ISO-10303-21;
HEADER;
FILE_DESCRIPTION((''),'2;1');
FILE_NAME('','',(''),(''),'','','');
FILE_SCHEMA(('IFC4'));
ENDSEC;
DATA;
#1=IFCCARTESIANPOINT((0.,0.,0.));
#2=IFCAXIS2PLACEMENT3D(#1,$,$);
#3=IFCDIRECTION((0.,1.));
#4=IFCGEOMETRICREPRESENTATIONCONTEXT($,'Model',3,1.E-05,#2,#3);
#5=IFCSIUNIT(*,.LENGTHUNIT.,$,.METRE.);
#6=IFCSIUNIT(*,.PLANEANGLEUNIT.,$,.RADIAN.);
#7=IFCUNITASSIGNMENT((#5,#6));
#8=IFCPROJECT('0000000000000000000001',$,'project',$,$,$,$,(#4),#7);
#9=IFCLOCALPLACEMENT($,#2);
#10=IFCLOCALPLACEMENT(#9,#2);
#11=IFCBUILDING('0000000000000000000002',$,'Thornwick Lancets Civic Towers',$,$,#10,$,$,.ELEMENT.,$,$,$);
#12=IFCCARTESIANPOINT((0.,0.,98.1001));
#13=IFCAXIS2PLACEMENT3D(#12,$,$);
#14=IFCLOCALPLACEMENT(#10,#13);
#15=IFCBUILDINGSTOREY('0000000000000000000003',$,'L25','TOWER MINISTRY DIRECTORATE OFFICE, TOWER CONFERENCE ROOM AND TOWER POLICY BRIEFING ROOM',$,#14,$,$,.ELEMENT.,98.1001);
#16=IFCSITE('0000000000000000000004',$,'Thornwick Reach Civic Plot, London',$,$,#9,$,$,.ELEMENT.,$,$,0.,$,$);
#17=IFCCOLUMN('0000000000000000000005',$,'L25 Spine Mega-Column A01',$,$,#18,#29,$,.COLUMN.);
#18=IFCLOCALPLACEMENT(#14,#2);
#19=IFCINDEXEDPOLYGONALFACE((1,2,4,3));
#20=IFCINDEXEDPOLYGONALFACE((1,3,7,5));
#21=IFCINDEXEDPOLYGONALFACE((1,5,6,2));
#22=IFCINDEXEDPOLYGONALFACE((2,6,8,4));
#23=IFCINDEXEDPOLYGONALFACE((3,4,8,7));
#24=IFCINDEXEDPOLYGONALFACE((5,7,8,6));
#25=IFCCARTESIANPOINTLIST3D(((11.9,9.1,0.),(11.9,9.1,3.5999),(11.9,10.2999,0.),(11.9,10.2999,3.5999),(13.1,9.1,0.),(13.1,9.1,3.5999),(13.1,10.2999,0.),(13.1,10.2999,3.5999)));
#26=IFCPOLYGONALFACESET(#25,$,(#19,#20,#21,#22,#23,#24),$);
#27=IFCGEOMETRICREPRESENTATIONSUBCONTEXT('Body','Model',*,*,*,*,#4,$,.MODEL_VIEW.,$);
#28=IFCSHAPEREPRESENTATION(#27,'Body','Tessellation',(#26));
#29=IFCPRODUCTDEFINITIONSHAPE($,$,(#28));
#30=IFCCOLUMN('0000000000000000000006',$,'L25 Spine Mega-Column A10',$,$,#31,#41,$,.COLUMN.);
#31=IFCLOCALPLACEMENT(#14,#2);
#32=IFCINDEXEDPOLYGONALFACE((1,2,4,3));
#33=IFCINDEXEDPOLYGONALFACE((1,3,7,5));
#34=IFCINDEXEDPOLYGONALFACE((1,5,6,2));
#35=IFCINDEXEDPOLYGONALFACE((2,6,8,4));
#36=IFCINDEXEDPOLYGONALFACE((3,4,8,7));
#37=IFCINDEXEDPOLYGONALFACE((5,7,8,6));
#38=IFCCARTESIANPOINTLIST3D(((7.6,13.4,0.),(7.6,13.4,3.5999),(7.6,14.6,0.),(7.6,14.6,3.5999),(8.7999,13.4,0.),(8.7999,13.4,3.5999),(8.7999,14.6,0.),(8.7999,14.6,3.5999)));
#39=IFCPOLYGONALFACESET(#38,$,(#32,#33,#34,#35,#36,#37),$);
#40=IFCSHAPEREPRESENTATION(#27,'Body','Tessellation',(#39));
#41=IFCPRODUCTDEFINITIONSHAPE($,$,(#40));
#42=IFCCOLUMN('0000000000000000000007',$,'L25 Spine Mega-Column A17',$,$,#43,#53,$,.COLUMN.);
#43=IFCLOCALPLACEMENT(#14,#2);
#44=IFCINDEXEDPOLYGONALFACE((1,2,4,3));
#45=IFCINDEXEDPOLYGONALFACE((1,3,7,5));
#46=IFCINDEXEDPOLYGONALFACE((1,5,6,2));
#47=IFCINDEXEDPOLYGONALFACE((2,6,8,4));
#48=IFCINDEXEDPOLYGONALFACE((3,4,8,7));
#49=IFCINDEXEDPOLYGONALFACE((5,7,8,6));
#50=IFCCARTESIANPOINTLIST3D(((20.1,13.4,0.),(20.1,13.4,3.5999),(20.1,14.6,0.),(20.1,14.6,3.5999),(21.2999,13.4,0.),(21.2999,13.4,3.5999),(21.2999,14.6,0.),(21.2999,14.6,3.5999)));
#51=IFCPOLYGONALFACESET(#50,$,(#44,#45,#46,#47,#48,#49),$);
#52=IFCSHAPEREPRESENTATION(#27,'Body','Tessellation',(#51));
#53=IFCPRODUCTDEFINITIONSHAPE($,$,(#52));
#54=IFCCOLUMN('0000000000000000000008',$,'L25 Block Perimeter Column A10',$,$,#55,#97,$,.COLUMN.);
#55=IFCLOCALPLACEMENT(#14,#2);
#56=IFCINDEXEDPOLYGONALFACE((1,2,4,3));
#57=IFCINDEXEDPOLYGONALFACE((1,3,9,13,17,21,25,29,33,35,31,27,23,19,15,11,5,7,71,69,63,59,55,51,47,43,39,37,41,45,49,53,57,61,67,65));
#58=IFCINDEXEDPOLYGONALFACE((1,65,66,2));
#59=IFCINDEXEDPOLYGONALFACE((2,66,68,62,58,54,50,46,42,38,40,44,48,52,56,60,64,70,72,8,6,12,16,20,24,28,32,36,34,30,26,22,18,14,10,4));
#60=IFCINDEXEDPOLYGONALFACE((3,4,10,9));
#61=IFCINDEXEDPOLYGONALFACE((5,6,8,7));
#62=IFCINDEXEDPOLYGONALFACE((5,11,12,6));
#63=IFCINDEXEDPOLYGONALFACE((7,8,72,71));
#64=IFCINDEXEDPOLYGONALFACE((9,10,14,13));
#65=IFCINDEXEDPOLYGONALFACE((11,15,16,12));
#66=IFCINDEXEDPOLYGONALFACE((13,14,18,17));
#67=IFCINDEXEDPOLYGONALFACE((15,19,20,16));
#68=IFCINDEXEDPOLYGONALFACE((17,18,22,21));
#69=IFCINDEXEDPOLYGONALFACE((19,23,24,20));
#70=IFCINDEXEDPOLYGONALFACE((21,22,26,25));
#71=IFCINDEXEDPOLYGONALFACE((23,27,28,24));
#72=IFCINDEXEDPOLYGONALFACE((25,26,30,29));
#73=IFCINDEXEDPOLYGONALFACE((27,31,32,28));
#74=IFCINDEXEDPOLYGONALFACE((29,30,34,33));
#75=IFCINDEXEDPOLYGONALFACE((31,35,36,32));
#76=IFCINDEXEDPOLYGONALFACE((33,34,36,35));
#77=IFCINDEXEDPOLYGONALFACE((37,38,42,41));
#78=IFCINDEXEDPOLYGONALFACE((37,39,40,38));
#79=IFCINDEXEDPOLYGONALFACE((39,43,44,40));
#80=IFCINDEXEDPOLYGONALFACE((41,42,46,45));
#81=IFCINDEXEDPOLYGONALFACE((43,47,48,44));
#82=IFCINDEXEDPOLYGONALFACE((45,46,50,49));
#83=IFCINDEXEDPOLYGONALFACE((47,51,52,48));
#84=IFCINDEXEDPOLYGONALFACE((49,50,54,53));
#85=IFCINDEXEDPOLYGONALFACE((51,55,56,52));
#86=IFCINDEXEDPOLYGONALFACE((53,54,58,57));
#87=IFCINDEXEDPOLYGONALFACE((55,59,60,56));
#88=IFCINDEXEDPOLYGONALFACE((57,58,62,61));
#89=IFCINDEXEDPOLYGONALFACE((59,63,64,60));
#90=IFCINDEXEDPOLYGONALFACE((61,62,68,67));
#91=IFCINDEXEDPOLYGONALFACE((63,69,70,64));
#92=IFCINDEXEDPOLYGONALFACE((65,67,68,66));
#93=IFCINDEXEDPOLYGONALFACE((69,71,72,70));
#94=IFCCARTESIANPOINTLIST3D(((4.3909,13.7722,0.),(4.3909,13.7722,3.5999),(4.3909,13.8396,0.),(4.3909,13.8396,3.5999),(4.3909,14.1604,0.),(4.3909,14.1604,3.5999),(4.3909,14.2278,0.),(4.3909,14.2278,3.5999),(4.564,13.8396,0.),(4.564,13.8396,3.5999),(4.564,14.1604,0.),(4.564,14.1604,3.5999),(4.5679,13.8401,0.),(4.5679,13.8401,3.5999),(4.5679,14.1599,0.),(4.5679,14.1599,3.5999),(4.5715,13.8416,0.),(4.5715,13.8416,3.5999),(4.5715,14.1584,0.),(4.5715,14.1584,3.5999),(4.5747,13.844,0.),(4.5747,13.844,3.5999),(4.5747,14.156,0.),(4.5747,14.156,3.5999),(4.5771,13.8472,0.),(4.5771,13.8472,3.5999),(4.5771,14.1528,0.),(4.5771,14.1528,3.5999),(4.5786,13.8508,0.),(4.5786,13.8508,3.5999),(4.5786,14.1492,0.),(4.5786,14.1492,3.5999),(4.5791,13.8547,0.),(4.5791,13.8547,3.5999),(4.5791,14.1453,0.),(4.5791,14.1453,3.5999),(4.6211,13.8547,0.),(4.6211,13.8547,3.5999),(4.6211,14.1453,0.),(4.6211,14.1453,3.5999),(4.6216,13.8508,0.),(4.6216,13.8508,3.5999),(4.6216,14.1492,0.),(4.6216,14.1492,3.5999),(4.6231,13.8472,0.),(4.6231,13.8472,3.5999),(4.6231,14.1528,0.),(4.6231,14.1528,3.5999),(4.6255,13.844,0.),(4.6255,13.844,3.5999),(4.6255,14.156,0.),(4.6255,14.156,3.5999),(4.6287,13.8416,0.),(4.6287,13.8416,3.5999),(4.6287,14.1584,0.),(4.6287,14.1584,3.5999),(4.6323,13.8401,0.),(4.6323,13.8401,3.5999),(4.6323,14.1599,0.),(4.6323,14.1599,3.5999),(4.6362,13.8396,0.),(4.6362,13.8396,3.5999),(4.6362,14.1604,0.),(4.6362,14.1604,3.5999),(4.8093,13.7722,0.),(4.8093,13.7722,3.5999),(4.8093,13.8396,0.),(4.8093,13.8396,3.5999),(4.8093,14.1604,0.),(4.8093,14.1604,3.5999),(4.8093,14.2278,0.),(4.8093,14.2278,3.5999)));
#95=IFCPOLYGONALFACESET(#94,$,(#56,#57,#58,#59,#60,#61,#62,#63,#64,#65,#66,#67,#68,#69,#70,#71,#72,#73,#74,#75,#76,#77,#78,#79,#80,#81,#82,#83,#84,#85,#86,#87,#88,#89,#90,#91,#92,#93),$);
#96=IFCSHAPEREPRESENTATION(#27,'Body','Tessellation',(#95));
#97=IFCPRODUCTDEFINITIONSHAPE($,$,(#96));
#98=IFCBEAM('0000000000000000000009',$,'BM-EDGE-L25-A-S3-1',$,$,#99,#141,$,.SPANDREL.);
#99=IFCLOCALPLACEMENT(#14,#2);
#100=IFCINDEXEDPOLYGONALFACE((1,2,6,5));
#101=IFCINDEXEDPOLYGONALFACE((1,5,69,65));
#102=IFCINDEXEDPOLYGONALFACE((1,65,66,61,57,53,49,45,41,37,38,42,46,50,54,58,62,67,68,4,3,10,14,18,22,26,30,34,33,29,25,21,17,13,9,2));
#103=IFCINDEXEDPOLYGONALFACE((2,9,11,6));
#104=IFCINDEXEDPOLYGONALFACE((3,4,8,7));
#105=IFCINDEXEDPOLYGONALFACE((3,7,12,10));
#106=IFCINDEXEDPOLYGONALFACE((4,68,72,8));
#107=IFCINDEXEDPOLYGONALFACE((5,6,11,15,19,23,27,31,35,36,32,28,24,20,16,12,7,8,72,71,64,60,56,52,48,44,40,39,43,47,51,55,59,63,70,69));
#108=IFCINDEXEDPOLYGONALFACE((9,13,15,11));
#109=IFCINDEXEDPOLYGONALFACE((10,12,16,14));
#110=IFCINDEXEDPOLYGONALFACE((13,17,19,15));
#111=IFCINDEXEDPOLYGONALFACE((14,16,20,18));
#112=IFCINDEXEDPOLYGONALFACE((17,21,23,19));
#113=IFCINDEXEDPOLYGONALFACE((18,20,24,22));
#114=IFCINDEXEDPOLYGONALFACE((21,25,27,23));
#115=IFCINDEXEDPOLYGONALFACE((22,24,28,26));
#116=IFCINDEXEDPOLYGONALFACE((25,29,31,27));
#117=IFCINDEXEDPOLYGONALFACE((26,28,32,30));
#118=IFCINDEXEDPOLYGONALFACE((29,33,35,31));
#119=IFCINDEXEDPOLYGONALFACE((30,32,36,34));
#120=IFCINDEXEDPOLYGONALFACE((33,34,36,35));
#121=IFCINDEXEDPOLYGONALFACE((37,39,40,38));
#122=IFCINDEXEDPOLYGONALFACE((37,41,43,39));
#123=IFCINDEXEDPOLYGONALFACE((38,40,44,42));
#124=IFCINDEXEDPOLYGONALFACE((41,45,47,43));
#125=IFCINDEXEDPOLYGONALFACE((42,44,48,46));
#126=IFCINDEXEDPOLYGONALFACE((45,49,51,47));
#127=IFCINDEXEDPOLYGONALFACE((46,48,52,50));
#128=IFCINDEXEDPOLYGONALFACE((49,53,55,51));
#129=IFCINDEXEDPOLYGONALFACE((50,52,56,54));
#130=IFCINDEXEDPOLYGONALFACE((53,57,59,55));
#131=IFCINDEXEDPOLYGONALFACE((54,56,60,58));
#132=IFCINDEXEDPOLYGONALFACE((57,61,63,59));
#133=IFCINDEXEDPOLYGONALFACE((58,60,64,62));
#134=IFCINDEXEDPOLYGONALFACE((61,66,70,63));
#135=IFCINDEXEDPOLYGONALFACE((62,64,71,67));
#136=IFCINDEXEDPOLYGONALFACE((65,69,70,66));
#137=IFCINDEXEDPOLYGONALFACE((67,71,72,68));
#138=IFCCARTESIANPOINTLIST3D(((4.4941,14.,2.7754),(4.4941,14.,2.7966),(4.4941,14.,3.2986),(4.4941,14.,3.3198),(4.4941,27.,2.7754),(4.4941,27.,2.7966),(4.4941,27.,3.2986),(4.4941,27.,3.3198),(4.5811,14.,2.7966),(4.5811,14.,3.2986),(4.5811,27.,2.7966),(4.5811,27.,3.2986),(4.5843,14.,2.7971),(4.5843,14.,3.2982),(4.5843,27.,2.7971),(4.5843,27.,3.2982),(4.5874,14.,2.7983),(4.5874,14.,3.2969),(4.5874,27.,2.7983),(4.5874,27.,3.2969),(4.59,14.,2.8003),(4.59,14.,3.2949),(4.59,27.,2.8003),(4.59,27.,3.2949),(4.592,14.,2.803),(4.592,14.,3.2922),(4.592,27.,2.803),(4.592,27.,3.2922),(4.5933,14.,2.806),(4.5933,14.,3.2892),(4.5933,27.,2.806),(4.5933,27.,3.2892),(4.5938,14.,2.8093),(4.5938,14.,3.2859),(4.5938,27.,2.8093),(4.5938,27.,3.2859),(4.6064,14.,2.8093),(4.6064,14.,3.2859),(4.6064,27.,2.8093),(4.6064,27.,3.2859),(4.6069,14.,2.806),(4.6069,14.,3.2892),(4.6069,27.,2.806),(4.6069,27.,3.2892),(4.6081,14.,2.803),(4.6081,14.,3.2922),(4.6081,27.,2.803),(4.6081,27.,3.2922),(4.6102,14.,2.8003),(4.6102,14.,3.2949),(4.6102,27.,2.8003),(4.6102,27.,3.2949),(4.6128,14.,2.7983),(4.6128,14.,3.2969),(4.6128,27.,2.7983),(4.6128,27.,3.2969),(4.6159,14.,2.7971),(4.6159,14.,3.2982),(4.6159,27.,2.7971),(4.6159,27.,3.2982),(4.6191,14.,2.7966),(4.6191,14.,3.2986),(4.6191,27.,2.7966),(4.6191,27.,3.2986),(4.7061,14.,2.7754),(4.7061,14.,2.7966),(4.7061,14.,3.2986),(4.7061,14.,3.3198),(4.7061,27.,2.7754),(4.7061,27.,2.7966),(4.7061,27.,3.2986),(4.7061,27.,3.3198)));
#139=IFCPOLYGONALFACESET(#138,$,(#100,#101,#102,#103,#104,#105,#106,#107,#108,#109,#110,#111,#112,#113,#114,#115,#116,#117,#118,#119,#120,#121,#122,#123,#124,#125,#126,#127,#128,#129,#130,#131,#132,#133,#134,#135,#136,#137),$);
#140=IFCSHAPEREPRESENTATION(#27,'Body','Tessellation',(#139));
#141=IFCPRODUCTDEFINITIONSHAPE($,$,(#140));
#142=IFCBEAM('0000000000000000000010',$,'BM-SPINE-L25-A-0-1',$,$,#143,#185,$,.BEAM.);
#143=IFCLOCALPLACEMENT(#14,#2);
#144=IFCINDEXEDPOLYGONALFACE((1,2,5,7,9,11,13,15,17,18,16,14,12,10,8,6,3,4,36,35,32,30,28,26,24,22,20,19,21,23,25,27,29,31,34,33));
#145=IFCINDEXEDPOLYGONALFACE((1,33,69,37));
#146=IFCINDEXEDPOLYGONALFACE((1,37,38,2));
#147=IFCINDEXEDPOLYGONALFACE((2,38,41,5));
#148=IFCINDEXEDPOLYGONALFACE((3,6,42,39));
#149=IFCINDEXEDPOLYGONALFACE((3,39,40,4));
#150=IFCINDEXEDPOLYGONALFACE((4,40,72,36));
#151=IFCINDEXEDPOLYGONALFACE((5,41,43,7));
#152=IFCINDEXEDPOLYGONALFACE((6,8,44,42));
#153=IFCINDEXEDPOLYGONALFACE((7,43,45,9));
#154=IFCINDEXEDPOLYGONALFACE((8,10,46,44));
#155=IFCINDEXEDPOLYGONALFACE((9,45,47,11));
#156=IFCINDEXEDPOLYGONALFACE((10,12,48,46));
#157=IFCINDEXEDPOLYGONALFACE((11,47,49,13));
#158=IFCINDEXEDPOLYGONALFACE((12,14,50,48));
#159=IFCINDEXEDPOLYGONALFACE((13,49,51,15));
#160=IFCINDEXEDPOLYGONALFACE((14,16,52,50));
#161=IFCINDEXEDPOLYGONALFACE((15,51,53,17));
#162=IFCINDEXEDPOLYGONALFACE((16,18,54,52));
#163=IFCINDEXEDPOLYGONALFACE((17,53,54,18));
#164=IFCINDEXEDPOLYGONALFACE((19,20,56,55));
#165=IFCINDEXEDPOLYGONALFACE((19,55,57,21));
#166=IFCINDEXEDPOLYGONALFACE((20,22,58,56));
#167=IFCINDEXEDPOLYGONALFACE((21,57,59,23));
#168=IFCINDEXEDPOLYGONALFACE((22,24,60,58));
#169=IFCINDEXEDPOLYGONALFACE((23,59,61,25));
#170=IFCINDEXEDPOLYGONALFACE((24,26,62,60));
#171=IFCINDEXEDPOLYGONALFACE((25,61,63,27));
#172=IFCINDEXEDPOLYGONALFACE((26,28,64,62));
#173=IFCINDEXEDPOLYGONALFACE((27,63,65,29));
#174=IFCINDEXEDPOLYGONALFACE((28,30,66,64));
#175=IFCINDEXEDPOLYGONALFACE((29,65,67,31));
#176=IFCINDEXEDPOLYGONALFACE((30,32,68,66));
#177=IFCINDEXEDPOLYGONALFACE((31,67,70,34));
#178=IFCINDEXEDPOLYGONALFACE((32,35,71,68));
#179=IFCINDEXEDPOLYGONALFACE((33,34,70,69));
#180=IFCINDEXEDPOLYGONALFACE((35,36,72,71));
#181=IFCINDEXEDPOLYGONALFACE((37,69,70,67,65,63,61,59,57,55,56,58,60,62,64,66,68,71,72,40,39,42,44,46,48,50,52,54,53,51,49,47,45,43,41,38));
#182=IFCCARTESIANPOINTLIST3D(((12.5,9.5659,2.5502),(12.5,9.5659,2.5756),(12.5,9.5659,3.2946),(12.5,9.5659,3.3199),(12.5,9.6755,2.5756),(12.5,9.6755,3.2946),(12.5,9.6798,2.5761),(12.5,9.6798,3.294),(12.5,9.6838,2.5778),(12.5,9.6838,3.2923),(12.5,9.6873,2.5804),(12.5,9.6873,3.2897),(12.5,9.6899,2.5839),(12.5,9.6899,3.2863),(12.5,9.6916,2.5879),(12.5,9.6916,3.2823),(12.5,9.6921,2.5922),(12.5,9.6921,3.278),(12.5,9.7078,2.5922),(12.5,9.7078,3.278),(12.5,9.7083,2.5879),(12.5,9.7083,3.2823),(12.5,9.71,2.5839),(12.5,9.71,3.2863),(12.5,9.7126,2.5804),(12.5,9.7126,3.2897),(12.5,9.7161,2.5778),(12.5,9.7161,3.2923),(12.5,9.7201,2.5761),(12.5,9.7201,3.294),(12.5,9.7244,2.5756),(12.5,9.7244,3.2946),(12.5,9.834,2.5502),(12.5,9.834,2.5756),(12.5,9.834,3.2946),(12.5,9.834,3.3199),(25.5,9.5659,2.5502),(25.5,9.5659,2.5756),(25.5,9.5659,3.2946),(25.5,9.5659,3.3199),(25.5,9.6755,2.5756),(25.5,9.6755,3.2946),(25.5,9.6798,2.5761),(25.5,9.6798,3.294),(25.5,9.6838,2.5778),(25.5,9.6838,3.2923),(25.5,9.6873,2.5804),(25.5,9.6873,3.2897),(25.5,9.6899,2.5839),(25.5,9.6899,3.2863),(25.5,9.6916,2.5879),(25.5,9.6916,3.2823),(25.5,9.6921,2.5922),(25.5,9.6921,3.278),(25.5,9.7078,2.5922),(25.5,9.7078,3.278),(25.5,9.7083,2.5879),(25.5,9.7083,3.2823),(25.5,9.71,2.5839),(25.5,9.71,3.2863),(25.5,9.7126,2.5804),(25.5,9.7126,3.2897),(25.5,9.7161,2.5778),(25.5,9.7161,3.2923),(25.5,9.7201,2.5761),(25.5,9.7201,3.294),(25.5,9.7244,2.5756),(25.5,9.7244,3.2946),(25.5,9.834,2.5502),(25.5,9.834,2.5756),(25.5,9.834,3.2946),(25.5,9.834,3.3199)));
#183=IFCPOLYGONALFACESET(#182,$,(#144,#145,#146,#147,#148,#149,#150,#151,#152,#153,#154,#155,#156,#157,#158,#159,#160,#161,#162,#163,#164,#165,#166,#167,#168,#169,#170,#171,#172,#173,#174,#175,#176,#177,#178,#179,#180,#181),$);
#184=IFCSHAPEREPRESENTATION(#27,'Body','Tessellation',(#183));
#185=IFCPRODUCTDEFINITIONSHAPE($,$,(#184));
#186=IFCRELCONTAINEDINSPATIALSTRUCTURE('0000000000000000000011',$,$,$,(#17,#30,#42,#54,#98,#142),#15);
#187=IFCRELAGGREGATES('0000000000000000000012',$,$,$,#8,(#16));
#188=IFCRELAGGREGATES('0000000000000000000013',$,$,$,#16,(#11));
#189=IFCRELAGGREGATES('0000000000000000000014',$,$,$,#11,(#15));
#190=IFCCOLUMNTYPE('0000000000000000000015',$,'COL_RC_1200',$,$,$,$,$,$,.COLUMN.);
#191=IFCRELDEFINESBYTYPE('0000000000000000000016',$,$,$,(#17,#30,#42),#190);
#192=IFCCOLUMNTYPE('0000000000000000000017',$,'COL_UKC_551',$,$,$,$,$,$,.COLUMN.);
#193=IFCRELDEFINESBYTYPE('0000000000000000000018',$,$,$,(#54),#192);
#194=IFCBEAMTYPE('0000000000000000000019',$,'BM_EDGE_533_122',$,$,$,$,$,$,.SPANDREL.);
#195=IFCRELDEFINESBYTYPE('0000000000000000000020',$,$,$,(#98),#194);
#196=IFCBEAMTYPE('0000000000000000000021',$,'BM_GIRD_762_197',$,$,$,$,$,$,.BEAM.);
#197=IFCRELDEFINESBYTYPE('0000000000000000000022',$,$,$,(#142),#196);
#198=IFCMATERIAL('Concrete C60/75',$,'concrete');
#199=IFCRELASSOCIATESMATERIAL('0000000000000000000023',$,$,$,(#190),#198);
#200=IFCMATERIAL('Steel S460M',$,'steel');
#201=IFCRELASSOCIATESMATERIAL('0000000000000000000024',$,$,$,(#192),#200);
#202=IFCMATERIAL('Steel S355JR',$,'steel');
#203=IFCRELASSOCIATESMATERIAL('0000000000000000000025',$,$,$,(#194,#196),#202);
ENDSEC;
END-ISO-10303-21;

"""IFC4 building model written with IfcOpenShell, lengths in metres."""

from ifc_helpers import new_model, si_unit, direction, frame, origin, origin_2d, place, context, subcontext, project, spatial, rectangle, i_section, extrude, material, material_profile, profile_set, type_object, element, save


model = new_model("IFC4")

# Units and contexts
model_context = context("Model", 3, precision=1e-05, world=origin(), true_north=direction((0.0, 1.0)))
body_context = subcontext(model_context, "Body", "Model", "MODEL_VIEW")
ifc_project = project(units=[si_unit("LENGTHUNIT", "METRE"), si_unit("PLANEANGLEUNIT", "RADIAN")], contexts=[model_context])

# Site, building, storey
site_placement = place(None, origin())
site = spatial("IfcSite", under=ifc_project, at=site_placement, Name="Thornwick Reach Civic Plot, London", CompositionType="ELEMENT", RefElevation=0.0)
building_placement = place(site_placement, origin())
building = spatial("IfcBuilding", under=site, at=building_placement, Name="Thornwick Lancets Civic Towers", CompositionType="ELEMENT")
storey_placement = place(building_placement, frame((0.0, 0.0, 98.1001)))
storey = spatial("IfcBuildingStorey", under=building, at=storey_placement, Name="L25", Description="TOWER MINISTRY DIRECTORATE OFFICE, TOWER CONFERENCE ROOM AND TOWER POLICY BRIEFING ROOM", CompositionType="ELEMENT", Elevation=98.1001)

# Columns
ifc_material_1 = material(Name="Concrete C60/75", Category="concrete")
ifc_material_profile_1 = material_profile(ifc_material_1, rectangle(XDim=1.2, YDim=1.2, at=origin_2d()), Name="RC 1200x1200")
ifc_profile_set_1 = profile_set([ifc_material_profile_1], Name="Concrete C60/75")
column_type_1 = type_object("IfcColumnType", Name="COL_RC_1200", PredefinedType="COLUMN", material=ifc_profile_set_1)
for number, where, z_axis, x_axis, name in (
    (1, (12.5, 9.7, 0.0), (0.0, 0.0, 1.0), (1.0, 0.0, 0.0), "L25 Spine Mega-Column A01"),
    (2, (8.2, 14.0, 0.0), (0.0, 0.0, 1.0), (1.0, 0.0, 0.0), "L25 Spine Mega-Column A10"),
    (3, (20.7, 14.0, 0.0), (0.0, 0.0, 1.0), (1.0, 0.0, 0.0), "L25 Spine Mega-Column A17"),
):
    element("IfcColumn", number, at=place(storey_placement, frame(where, z_axis=z_axis, x_axis=x_axis)), inside=storey, type_object=column_type_1, Name=name, PredefinedType="COLUMN", context=body_context, shape_type="SweptSolid", body=[
        extrude(rectangle(XDim=1.2, YDim=1.2, at=origin_2d()), origin(), (0.0, 0.0, 1.0), 3.5999),
    ])
ifc_material_2 = material(Name="Steel S460M", Category="steel")
ifc_material_profile_2 = material_profile(ifc_material_2, i_section(OverallWidth=0.4185, OverallDepth=0.4556, WebThickness=0.042, FlangeThickness=0.0674, FilletRadius=0.0151, at=origin_2d()), Name="UKC 356x406x551")
ifc_profile_set_2 = profile_set([ifc_material_profile_2], Name="Steel S460M")
column_type_2 = type_object("IfcColumnType", Name="COL_UKC_551", PredefinedType="COLUMN", material=ifc_profile_set_2)
column_placement = place(storey_placement, frame((4.6001, 14.0, 0.0), z_axis=(0.0, 0.0, 1.0), x_axis=(1.0, 0.0, 0.0)))
element("IfcColumn", 4, at=column_placement, inside=storey, type_object=column_type_2, Name="L25 Block Perimeter Column A10", PredefinedType="COLUMN", context=body_context, shape_type="SweptSolid", body=[
    extrude(i_section(OverallWidth=0.4185, OverallDepth=0.4556, WebThickness=0.042, FlangeThickness=0.0674, FilletRadius=0.0151, at=origin_2d()), origin(), (0.0, 0.0, 1.0), 3.5999),
])

# Beams
ifc_material_3 = material(Name="Steel S355JR", Category="steel")
ifc_material_profile_3 = material_profile(ifc_material_3, i_section(OverallWidth=0.2119, OverallDepth=0.5444, WebThickness=0.0127, FlangeThickness=0.0212, FilletRadius=0.0127, at=origin_2d()), Name="UKB 533x210x122")
ifc_profile_set_3 = profile_set([ifc_material_profile_3], Name="Steel S355JR")
beam_type_1 = type_object("IfcBeamType", Name="BM_EDGE_533_122", PredefinedType="SPANDREL", material=ifc_profile_set_3)
beam_1_placement = place(storey_placement, frame((4.6001, 14.0, 3.0476), z_axis=(0.0, 1.0, 0.0), x_axis=(-1.0, 0.0, 0.0)))
element("IfcBeam", 5, at=beam_1_placement, inside=storey, type_object=beam_type_1, Name="BM-EDGE-L25-A-S3-1", PredefinedType="SPANDREL", context=body_context, shape_type="SweptSolid", body=[
    extrude(i_section(OverallWidth=0.2119, OverallDepth=0.5444, WebThickness=0.0127, FlangeThickness=0.0212, FilletRadius=0.0127, at=origin_2d()), origin(), (0.0, 0.0, 1.0), 13.0),
])
ifc_material_profile_4 = material_profile(ifc_material_3, i_section(OverallWidth=0.2681, OverallDepth=0.7698, WebThickness=0.0156, FlangeThickness=0.0254, FilletRadius=0.0166, at=origin_2d()), Name="UKB 762x267x197")
ifc_profile_set_4 = profile_set([ifc_material_profile_4], Name="Steel S355JR")
beam_type_2 = type_object("IfcBeamType", Name="BM_GIRD_762_197", PredefinedType="BEAM", material=ifc_profile_set_4)
for number, where, z_axis, x_axis, name in (
    (6, (12.5, 9.7, 2.9351), (1.0, 0.0, 0.0), (0.0, 1.0, 0.0), "BM-SPINE-L25-A-0-1"),
):
    element("IfcBeam", number, at=place(storey_placement, frame(where, z_axis=z_axis, x_axis=x_axis)), inside=storey, type_object=beam_type_2, Name=name, PredefinedType="BEAM", context=body_context, shape_type="SweptSolid", body=[
        extrude(i_section(OverallWidth=0.2681, OverallDepth=0.7698, WebThickness=0.0156, FlangeThickness=0.0254, FilletRadius=0.0166, at=origin_2d()), origin(), (0.0, 0.0, 1.0), 13.0),
    ])

save(model, "model.ifc")
